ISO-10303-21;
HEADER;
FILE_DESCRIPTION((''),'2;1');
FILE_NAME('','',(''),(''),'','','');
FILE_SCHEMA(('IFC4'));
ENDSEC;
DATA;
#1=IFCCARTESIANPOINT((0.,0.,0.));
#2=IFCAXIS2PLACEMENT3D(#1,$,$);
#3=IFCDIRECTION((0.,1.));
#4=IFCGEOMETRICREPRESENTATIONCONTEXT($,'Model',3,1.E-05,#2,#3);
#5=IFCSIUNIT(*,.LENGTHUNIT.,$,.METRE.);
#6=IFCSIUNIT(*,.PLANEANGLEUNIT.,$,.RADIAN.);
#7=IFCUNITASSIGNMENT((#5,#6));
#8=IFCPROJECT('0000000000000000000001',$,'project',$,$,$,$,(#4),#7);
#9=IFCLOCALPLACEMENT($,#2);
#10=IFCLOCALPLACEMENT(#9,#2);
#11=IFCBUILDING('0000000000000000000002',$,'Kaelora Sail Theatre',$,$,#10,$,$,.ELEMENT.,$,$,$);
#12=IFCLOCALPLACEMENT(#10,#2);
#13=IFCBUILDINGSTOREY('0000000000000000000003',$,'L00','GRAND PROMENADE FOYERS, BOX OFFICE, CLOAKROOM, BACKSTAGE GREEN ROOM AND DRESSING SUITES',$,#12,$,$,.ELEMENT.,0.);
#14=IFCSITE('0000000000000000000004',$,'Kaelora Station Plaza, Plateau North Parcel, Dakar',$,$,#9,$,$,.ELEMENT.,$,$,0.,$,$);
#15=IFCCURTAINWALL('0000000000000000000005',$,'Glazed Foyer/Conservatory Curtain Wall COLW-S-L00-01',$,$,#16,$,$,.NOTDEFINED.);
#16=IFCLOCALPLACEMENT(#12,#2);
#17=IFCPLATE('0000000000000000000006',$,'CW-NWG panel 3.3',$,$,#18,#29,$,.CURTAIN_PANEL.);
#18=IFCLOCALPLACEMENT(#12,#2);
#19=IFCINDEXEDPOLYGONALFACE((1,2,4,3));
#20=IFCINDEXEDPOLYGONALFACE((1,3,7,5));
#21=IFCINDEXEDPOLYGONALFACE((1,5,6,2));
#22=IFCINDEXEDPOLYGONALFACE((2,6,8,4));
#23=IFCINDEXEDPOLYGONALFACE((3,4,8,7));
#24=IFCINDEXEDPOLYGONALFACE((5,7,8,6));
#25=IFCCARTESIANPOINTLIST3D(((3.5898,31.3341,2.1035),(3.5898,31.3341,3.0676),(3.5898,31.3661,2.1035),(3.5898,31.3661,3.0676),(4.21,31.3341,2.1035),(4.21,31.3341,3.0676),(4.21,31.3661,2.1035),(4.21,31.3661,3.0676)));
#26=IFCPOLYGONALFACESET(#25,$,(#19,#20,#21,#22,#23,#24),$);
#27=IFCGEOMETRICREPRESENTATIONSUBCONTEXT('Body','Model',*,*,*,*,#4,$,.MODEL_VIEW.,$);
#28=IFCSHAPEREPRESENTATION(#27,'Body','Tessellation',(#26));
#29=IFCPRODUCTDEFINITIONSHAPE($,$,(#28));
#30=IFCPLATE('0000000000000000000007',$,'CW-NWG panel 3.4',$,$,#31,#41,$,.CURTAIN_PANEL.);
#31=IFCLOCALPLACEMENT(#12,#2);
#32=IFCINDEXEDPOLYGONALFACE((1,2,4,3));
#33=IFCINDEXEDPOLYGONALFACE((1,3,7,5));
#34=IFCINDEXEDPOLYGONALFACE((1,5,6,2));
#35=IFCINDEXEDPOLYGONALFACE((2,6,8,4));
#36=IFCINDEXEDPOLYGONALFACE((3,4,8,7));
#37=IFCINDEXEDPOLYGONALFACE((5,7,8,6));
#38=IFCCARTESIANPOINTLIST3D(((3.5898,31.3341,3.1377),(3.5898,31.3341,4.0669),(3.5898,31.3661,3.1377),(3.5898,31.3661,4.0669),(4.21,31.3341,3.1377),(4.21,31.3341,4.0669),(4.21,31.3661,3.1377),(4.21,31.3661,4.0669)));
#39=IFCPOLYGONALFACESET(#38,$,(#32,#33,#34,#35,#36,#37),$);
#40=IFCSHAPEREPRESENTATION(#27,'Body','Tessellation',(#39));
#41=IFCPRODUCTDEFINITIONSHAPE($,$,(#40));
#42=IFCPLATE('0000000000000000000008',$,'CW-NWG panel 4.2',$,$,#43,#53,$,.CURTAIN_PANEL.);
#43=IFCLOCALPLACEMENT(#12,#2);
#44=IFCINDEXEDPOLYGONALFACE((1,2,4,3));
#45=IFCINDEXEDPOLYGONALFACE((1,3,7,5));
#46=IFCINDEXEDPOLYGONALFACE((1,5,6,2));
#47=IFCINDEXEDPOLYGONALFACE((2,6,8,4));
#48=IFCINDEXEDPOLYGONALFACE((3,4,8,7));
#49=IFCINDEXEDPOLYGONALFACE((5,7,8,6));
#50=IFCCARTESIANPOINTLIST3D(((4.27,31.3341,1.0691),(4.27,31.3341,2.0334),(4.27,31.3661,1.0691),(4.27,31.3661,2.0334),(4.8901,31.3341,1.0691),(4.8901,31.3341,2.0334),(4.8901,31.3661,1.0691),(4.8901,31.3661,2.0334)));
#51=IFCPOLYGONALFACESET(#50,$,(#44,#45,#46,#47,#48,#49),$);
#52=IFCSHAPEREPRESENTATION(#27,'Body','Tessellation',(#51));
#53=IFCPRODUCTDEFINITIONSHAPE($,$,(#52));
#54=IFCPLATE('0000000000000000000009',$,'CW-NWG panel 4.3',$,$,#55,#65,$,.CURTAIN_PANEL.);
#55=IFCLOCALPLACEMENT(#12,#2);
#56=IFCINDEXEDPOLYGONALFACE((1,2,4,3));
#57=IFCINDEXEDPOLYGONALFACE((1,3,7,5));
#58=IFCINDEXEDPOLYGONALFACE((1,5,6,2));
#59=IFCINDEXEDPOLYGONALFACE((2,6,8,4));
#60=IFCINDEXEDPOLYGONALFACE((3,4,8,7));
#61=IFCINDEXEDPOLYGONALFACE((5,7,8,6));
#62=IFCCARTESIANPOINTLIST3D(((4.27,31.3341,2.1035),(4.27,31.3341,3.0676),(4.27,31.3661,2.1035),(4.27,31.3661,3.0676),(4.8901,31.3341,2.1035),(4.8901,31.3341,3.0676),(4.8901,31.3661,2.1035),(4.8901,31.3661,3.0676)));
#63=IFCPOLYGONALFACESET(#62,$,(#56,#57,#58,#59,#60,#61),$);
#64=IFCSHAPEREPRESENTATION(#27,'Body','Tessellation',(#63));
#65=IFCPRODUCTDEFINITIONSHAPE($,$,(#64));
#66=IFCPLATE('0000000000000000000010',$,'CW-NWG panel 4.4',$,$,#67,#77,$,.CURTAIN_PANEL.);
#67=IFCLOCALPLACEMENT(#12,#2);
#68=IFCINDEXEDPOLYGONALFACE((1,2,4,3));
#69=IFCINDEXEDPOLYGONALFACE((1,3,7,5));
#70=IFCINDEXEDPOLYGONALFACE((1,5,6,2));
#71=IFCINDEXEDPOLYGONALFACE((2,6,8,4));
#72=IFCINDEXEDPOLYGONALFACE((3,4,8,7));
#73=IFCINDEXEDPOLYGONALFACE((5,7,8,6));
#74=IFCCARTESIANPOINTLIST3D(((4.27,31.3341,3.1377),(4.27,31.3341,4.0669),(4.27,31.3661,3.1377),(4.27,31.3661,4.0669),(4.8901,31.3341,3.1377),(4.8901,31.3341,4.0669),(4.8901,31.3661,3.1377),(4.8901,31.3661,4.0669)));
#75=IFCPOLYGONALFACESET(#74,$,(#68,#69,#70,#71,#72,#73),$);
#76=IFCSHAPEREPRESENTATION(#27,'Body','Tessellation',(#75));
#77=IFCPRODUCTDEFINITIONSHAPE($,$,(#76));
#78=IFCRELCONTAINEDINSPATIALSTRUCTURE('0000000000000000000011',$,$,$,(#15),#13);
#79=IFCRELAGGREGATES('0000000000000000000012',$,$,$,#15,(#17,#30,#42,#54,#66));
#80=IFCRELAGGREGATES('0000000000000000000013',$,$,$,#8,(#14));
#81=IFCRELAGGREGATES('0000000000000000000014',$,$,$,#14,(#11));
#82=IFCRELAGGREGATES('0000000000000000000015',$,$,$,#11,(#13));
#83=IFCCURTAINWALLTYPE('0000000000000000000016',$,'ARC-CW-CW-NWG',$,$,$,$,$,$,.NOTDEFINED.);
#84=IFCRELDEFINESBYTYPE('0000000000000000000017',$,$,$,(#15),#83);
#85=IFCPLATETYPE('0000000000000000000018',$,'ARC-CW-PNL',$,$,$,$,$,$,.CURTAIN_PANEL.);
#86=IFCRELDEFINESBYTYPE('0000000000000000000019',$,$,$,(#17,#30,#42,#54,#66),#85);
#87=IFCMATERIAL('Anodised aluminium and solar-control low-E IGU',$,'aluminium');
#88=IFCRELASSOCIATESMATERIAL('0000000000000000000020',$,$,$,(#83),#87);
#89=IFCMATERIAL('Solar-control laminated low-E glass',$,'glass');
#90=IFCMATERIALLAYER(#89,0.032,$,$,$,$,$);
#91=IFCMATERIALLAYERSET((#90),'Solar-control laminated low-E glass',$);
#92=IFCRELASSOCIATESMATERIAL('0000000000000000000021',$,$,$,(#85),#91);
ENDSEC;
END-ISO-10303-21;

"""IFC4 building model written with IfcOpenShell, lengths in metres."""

from ifc_helpers import new_model, si_unit, direction, frame, origin, origin_2d, place, context, subcontext, project, spatial, rectangle, extrude, material, layer, layer_set, type_object, element, aggregate, save


model = new_model("IFC4")

# Units and contexts
model_context = context("Model", 3, precision=1e-05, world=origin(), true_north=direction((0.0, 1.0)))
body_context = subcontext(model_context, "Body", "Model", "MODEL_VIEW")
ifc_project = project(units=[si_unit("LENGTHUNIT", "METRE"), si_unit("PLANEANGLEUNIT", "RADIAN")], contexts=[model_context])

# Site, building, storey
site_placement = place(None, origin())
site = spatial("IfcSite", under=ifc_project, at=site_placement, Name="Kaelora Station Plaza, Plateau North Parcel, Dakar", CompositionType="ELEMENT", RefElevation=0.0)
building_placement = place(site_placement, origin())
building = spatial("IfcBuilding", under=site, at=building_placement, Name="Kaelora Sail Theatre", CompositionType="ELEMENT")
storey_placement = place(building_placement, origin())
storey = spatial("IfcBuildingStorey", under=building, at=storey_placement, Name="L00", Description="GRAND PROMENADE FOYERS, BOX OFFICE, CLOAKROOM, BACKSTAGE GREEN ROOM AND DRESSING SUITES", CompositionType="ELEMENT", Elevation=0.0)

# Curtain wall, plates
ifc_material_1 = material(Name="Anodised aluminium and solar-control low-E IGU", Category="aluminium")
curtain_wall_type = type_object("IfcCurtainWallType", Name="ARC-CW-CW-NWG", PredefinedType="NOTDEFINED", material=ifc_material_1)
curtain_wall_placement = place(storey_placement, origin())
curtain_wall = element("IfcCurtainWall", 1, at=curtain_wall_placement, inside=storey, type_object=curtain_wall_type, Name="Glazed Foyer/Conservatory Curtain Wall COLW-S-L00-01", PredefinedType="NOTDEFINED")
ifc_material_2 = material(Name="Solar-control laminated low-E glass", Category="glass")
ifc_layer = layer(ifc_material_2, 0.032)
ifc_layer_set = layer_set([ifc_layer], Name="Solar-control laminated low-E glass")
plate_type = type_object("IfcPlateType", Name="ARC-CW-PNL", PredefinedType="CURTAIN_PANEL", material=ifc_layer_set)
plate_1_placement = place(storey_placement, frame((3.8999, 31.3501, 2.1035), z_axis=(0.0, 0.0, 1.0), x_axis=(1.0, 0.0, 0.0)))
plate_1 = element("IfcPlate", 2, at=plate_1_placement, type_object=plate_type, Name="CW-NWG panel 3.3", PredefinedType="CURTAIN_PANEL", context=body_context, shape_type="SweptSolid", body=[
    extrude(rectangle(XDim=0.6201, YDim=0.032, at=origin_2d()), origin(), (0.0, 0.0, 1.0), 0.9641),
])
plate_2_placement = place(storey_placement, frame((3.8999, 31.3501, 3.1377), z_axis=(0.0, 0.0, 1.0), x_axis=(1.0, 0.0, 0.0)))
plate_2 = element("IfcPlate", 3, at=plate_2_placement, type_object=plate_type, Name="CW-NWG panel 3.4", PredefinedType="CURTAIN_PANEL", context=body_context, shape_type="SweptSolid", body=[
    extrude(rectangle(XDim=0.6201, YDim=0.032, at=origin_2d()), origin(), (0.0, 0.0, 1.0), 0.9292),
])
plate_3_placement = place(storey_placement, frame((4.5801, 31.3501, 1.0691), z_axis=(0.0, 0.0, 1.0), x_axis=(1.0, 0.0, 0.0)))
plate_3 = element("IfcPlate", 4, at=plate_3_placement, type_object=plate_type, Name="CW-NWG panel 4.2", PredefinedType="CURTAIN_PANEL", context=body_context, shape_type="SweptSolid", body=[
    extrude(rectangle(XDim=0.6201, YDim=0.032, at=origin_2d()), origin(), (0.0, 0.0, 1.0), 0.9644),
])
plate_4_placement = place(storey_placement, frame((4.5801, 31.3501, 2.1035), z_axis=(0.0, 0.0, 1.0), x_axis=(1.0, 0.0, 0.0)))
plate_4 = element("IfcPlate", 5, at=plate_4_placement, type_object=plate_type, Name="CW-NWG panel 4.3", PredefinedType="CURTAIN_PANEL", context=body_context, shape_type="SweptSolid", body=[
    extrude(rectangle(XDim=0.6201, YDim=0.032, at=origin_2d()), origin(), (0.0, 0.0, 1.0), 0.9641),
])
plate_5_placement = place(storey_placement, frame((4.5801, 31.3501, 3.1377), z_axis=(0.0, 0.0, 1.0), x_axis=(1.0, 0.0, 0.0)))
plate_5 = element("IfcPlate", 6, at=plate_5_placement, type_object=plate_type, Name="CW-NWG panel 4.4", PredefinedType="CURTAIN_PANEL", context=body_context, shape_type="SweptSolid", body=[
    extrude(rectangle(XDim=0.6201, YDim=0.032, at=origin_2d()), origin(), (0.0, 0.0, 1.0), 0.9292),
])
aggregate(curtain_wall, [plate_1, plate_2, plate_3, plate_4, plate_5])

save(model, "model.ifc")
